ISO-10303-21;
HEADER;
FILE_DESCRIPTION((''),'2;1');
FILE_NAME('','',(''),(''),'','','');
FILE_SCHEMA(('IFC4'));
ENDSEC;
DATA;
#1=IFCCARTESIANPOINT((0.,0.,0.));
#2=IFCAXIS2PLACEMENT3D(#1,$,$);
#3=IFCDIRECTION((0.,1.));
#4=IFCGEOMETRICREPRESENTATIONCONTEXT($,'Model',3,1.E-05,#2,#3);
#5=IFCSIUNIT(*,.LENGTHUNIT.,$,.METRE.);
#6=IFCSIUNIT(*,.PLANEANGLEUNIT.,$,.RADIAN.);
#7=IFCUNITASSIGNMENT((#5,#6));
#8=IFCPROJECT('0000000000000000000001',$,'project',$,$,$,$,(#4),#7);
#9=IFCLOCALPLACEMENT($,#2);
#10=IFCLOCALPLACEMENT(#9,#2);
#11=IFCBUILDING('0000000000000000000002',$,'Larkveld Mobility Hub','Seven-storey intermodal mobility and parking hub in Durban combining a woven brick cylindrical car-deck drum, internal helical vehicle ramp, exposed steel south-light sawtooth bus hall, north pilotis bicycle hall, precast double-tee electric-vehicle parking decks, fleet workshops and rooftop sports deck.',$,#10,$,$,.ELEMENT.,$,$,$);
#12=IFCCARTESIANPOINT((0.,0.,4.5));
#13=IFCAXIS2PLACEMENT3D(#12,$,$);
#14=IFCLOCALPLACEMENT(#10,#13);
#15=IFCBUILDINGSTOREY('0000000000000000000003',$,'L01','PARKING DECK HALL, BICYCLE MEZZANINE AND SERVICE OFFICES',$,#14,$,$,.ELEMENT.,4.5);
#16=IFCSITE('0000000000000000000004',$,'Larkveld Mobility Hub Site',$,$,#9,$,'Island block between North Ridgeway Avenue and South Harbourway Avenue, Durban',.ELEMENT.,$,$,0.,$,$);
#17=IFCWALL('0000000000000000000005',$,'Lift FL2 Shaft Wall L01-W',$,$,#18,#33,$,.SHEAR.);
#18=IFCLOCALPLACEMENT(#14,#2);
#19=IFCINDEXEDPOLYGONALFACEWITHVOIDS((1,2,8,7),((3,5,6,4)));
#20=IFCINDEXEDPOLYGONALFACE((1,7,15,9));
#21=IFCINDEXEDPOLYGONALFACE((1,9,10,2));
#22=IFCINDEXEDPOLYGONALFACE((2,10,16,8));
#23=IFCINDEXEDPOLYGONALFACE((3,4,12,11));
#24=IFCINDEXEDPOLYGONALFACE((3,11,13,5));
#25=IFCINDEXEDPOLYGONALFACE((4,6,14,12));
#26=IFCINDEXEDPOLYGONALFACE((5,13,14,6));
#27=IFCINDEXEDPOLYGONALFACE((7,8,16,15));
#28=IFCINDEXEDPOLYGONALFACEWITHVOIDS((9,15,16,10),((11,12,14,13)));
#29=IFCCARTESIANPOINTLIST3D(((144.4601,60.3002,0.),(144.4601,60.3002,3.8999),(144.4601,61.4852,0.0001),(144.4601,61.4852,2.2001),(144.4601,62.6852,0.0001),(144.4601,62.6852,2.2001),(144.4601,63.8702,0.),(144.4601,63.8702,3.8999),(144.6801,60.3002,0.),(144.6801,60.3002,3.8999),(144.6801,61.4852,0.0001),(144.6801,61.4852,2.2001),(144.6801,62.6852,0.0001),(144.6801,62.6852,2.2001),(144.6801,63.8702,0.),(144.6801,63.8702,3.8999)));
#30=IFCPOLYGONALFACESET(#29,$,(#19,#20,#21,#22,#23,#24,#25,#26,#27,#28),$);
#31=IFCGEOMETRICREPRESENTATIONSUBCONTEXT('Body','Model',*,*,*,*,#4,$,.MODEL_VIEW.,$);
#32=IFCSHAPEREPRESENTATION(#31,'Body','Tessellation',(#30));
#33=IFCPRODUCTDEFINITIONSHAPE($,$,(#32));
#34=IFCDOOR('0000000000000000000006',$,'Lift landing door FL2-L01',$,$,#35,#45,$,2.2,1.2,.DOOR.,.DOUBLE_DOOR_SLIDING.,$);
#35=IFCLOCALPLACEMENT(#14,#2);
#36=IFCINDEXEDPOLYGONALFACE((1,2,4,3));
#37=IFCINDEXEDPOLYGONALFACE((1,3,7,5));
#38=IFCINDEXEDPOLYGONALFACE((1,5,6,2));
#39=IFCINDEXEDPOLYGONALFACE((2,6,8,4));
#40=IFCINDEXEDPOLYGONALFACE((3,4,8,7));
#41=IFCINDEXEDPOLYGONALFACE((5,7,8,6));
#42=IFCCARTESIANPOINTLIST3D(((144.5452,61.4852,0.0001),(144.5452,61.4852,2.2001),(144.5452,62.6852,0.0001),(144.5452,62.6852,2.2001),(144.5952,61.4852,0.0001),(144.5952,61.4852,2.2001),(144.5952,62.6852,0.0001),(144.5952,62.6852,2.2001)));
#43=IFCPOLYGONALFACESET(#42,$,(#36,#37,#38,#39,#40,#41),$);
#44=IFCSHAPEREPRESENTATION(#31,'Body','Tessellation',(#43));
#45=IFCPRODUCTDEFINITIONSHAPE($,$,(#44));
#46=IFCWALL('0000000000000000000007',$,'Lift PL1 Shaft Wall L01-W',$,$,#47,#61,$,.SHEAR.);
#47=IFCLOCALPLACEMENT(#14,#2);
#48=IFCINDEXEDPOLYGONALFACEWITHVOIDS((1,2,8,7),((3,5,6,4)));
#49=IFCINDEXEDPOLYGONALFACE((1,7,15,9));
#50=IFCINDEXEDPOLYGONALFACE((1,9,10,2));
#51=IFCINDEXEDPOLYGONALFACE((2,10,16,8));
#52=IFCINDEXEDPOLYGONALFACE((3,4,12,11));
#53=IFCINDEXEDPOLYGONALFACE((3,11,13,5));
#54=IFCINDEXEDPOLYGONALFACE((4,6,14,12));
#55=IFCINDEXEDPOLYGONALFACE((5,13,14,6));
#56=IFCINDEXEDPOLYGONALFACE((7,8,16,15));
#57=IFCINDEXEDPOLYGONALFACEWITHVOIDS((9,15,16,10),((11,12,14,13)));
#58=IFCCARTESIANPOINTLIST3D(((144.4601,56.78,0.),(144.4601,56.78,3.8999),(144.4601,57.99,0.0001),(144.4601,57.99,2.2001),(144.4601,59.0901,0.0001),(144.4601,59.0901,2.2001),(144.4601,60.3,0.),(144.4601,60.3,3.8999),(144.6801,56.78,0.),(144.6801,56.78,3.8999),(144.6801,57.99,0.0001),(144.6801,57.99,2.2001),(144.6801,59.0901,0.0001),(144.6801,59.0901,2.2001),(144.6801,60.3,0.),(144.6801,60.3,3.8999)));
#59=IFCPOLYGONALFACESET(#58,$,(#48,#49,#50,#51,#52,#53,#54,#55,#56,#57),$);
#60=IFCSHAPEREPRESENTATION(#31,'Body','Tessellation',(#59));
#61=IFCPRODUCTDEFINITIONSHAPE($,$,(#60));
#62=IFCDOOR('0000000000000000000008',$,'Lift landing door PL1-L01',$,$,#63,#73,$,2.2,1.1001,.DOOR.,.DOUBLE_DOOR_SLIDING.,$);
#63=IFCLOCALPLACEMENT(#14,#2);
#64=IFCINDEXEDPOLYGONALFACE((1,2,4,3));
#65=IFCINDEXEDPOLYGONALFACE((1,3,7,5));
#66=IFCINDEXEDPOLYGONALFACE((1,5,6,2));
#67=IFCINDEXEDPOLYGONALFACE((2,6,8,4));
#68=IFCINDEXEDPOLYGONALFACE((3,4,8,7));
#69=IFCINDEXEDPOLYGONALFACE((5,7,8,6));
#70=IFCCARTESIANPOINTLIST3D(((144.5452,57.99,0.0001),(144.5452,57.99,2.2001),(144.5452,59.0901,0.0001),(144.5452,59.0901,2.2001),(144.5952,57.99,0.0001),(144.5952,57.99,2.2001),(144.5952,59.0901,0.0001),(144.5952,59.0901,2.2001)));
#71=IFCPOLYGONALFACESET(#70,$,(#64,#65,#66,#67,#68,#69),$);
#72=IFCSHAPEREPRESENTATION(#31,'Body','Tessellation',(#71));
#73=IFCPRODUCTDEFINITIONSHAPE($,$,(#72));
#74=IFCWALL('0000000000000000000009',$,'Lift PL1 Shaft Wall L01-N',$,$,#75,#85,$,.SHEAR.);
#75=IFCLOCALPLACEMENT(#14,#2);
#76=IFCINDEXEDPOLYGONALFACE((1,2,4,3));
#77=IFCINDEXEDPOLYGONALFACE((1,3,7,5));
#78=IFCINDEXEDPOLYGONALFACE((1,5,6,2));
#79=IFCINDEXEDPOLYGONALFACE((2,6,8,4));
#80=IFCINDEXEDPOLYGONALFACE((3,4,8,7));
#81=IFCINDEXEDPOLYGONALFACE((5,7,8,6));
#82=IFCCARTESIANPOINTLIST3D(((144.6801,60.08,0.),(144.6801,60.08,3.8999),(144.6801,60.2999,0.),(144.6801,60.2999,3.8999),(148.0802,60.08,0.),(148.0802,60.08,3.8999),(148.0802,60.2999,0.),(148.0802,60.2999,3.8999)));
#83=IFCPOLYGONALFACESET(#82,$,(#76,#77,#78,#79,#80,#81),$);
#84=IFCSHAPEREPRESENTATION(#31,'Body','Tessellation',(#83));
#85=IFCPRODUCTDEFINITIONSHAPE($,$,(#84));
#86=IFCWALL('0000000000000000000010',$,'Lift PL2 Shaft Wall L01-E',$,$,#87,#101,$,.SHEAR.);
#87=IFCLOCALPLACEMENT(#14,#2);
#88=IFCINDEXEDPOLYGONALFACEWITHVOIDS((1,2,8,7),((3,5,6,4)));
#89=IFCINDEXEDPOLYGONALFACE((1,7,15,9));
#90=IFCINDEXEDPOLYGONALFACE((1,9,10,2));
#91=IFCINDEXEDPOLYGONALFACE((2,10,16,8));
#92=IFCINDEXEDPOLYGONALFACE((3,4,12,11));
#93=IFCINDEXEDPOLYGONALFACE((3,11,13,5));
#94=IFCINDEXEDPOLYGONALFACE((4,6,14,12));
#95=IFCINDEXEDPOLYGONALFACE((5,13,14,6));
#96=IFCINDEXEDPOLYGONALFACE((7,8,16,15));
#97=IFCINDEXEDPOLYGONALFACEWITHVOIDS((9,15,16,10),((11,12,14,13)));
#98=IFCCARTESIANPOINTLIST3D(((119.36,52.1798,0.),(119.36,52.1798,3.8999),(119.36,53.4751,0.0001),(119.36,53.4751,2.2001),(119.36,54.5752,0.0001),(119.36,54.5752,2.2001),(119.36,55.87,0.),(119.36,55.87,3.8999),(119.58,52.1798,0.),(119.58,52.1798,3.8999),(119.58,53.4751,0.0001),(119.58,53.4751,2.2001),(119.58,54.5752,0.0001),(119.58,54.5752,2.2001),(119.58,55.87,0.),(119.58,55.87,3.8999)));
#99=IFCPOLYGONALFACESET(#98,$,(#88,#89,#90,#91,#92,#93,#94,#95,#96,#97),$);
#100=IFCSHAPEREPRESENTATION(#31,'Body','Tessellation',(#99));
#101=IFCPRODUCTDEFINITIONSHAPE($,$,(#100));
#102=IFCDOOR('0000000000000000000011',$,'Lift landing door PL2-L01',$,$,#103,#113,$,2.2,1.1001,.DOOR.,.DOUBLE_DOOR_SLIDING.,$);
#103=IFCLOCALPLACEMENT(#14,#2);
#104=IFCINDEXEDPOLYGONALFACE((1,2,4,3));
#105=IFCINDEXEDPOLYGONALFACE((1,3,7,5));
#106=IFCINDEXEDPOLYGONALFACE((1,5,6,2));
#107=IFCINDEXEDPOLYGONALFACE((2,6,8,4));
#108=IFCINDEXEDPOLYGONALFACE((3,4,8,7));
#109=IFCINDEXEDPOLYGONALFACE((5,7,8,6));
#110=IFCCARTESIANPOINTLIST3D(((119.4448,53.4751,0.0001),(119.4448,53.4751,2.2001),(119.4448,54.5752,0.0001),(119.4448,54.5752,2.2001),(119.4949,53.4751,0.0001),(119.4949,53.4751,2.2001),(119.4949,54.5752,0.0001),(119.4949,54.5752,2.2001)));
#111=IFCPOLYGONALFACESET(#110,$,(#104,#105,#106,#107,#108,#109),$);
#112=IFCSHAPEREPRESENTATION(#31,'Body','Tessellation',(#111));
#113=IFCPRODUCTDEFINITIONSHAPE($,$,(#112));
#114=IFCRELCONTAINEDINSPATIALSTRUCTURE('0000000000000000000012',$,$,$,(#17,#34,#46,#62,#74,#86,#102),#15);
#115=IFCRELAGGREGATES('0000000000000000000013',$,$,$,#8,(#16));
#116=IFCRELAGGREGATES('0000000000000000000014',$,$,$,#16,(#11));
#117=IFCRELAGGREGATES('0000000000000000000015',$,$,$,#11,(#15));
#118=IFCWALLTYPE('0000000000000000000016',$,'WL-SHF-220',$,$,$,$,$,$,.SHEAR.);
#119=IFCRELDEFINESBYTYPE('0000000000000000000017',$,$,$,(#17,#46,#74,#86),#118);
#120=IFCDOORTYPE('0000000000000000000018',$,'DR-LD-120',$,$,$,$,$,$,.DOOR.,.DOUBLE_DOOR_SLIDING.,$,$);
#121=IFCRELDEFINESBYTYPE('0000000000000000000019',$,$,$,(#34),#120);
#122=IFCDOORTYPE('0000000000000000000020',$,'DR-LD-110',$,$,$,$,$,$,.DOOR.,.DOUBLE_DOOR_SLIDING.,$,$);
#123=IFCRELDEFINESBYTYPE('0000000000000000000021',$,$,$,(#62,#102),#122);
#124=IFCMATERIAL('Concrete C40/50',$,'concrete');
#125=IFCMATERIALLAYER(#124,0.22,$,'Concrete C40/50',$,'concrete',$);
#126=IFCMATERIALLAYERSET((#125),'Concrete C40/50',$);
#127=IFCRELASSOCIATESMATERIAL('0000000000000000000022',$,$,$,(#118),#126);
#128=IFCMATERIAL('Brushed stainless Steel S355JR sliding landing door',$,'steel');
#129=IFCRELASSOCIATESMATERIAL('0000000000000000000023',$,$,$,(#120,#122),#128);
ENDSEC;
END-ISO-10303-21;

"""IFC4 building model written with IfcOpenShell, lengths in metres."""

from ifc_helpers import new_model, si_unit, direction, frame, frame_2d, origin, place, context, subcontext, project, spatial, rectangle, extrude, material, layer, layer_set, type_object, element, fill, save


model = new_model("IFC4")

# Units and contexts
model_context = context("Model", 3, precision=1e-05, world=origin(), true_north=direction((0.0, 1.0)))
body_context = subcontext(model_context, "Body", "Model", "MODEL_VIEW")
ifc_project = project(units=[si_unit("LENGTHUNIT", "METRE"), si_unit("PLANEANGLEUNIT", "RADIAN")], contexts=[model_context])

# Site, building, storey
site_placement = place(None, origin())
site = spatial("IfcSite", under=ifc_project, at=site_placement, Name="Larkveld Mobility Hub Site", LongName="Island block between North Ridgeway Avenue and South Harbourway Avenue, Durban", CompositionType="ELEMENT", RefElevation=0.0)
building_placement = place(site_placement, origin())
building = spatial("IfcBuilding", under=site, at=building_placement, Name="Larkveld Mobility Hub", Description="Seven-storey intermodal mobility and parking hub in Durban combining a woven brick cylindrical car-deck drum, internal helical vehicle ramp, exposed steel south-light sawtooth bus hall, north pilotis bicycle hall, precast double-tee electric-vehicle parking decks, fleet workshops and rooftop sports deck.", CompositionType="ELEMENT")
storey_placement = place(building_placement, frame((0.0, 0.0, 4.5)))
storey = spatial("IfcBuildingStorey", under=building, at=storey_placement, Name="L01", Description="PARKING DECK HALL, BICYCLE MEZZANINE AND SERVICE OFFICES", CompositionType="ELEMENT", Elevation=4.5)

# Shared definitions
ifc_material_1 = material(Name="Concrete C40/50", Category="concrete")

# Walls, openings, doors
ifc_layer_1 = layer(ifc_material_1, 0.22, Name="Concrete C40/50", Category="concrete")
ifc_layer_set_1 = layer_set([ifc_layer_1], Name="Concrete C40/50")
wall_type_1 = type_object("IfcWallType", Name="WL-SHF-220", PredefinedType="SHEAR", material=ifc_layer_set_1)
wall_1_placement = place(storey_placement, frame((144.5701, 60.3, 0.0), z_axis=(0.0, 0.0, 1.0), x_axis=(0.0, 1.0, 0.0)))
wall_1 = element("IfcWall", 1, at=wall_1_placement, inside=storey, type_object=wall_type_1, Name="Lift FL2 Shaft Wall L01-W", PredefinedType="SHEAR", context=body_context, shape_type="SweptSolid", body=[
    extrude(rectangle(XDim=3.5701, YDim=0.22, at=frame_2d((1.7852, 0.0))), origin(), (0.0, 0.0, 1.0), 3.8999),
])
opening_1_placement = place(wall_1_placement, frame((1.1851, 0.0, 0.0)))
opening_1 = element("IfcOpeningElement", 2, at=opening_1_placement, cuts=wall_1, PredefinedType="OPENING", context=body_context, shape_type="SweptSolid", body=[
    extrude(rectangle(XDim=1.2, YDim=2.2, at=frame_2d((0.6001, 1.1001))), frame((0.0, 0.1201, 0.0), z_axis=(0.0, -1.0, 0.0), x_axis=(1.0, 0.0, 0.0)), (0.0, 0.0, 1.0), 0.24),
])
ifc_material_2 = material(Name="Brushed stainless Steel S355JR sliding landing door", Category="steel")
door_type_1 = type_object("IfcDoorType", Name="DR-LD-120", OperationType="DOUBLE_DOOR_SLIDING", PredefinedType="DOOR", material=ifc_material_2)
door_1_placement = place(opening_1_placement, origin())
door_1 = element("IfcDoor", 3, at=door_1_placement, inside=storey, type_object=door_type_1, Name="Lift landing door FL2-L01", OperationType="DOUBLE_DOOR_SLIDING", OverallHeight=2.2, OverallWidth=1.2, PredefinedType="DOOR", context=body_context, shape_type="SweptSolid", body=[
    extrude(rectangle(XDim=1.2, YDim=2.2, at=frame_2d((0.6001, 1.1001))), frame((0.0, 0.0249, 0.0), z_axis=(0.0, -1.0, 0.0), x_axis=(1.0, 0.0, 0.0)), (0.0, 0.0, 1.0), 0.05),
])
fill(opening_1, door_1)
wall_2_placement = place(storey_placement, frame((144.5701, 56.78, 0.0), z_axis=(0.0, 0.0, 1.0), x_axis=(0.0, 1.0, 0.0)))
wall_2 = element("IfcWall", 4, at=wall_2_placement, inside=storey, type_object=wall_type_1, Name="Lift PL1 Shaft Wall L01-W", PredefinedType="SHEAR", context=body_context, shape_type="SweptSolid", body=[
    extrude(rectangle(XDim=3.52, YDim=0.22, at=frame_2d((1.76, 0.0))), origin(), (0.0, 0.0, 1.0), 3.8999),
])
opening_2_placement = place(wall_2_placement, frame((1.21, 0.0, 0.0)))
opening_2 = element("IfcOpeningElement", 5, at=opening_2_placement, cuts=wall_2, PredefinedType="OPENING", context=body_context, shape_type="SweptSolid", body=[
    extrude(rectangle(XDim=1.1001, YDim=2.2, at=frame_2d((0.55, 1.1001))), frame((0.0, 0.1201, 0.0), z_axis=(0.0, -1.0, 0.0), x_axis=(1.0, 0.0, 0.0)), (0.0, 0.0, 1.0), 0.24),
])
door_type_2 = type_object("IfcDoorType", Name="DR-LD-110", OperationType="DOUBLE_DOOR_SLIDING", PredefinedType="DOOR", material=ifc_material_2)
door_2_placement = place(opening_2_placement, origin())
door_2 = element("IfcDoor", 6, at=door_2_placement, inside=storey, type_object=door_type_2, Name="Lift landing door PL1-L01", OperationType="DOUBLE_DOOR_SLIDING", OverallHeight=2.2, OverallWidth=1.1001, PredefinedType="DOOR", context=body_context, shape_type="SweptSolid", body=[
    extrude(rectangle(XDim=1.1001, YDim=2.2, at=frame_2d((0.55, 1.1001))), frame((0.0, 0.0249, 0.0), z_axis=(0.0, -1.0, 0.0), x_axis=(1.0, 0.0, 0.0)), (0.0, 0.0, 1.0), 0.05),
])
fill(opening_2, door_2)

# Wall
wall_3_placement = place(storey_placement, frame((144.6799, 60.1899, 0.0), z_axis=(0.0, 0.0, 1.0), x_axis=(1.0, 0.0, 0.0)))
element("IfcWall", 7, at=wall_3_placement, inside=storey, type_object=wall_type_1, Name="Lift PL1 Shaft Wall L01-N", PredefinedType="SHEAR", context=body_context, shape_type="SweptSolid", body=[
    extrude(rectangle(XDim=3.4001, YDim=0.22, at=frame_2d((1.7002, 0.0))), origin(), (0.0, 0.0, 1.0), 3.8999),
])

# Wall, opening, door
wall_4_placement = place(storey_placement, frame((119.47, 55.8701, 0.0), z_axis=(0.0, 0.0, 1.0), x_axis=(0.0, -1.0, 0.0)))
wall_4 = element("IfcWall", 8, at=wall_4_placement, inside=storey, type_object=wall_type_1, Name="Lift PL2 Shaft Wall L01-E", PredefinedType="SHEAR", context=body_context, shape_type="SweptSolid", body=[
    extrude(rectangle(XDim=3.6902, YDim=0.22, at=frame_2d((1.8452, 0.0))), origin(), (0.0, 0.0, 1.0), 3.8999),
])
opening_3_placement = place(wall_4_placement, frame((1.2949, 0.0, 0.0)))
opening_3 = element("IfcOpeningElement", 9, at=opening_3_placement, cuts=wall_4, PredefinedType="OPENING", context=body_context, shape_type="SweptSolid", body=[
    extrude(rectangle(XDim=1.1001, YDim=2.2, at=frame_2d((0.55, 1.1001))), frame((0.0, 0.1201, 0.0), z_axis=(0.0, -1.0, 0.0), x_axis=(1.0, 0.0, 0.0)), (0.0, 0.0, 1.0), 0.24),
])
door_3_placement = place(opening_3_placement, origin())
door_3 = element("IfcDoor", 10, at=door_3_placement, inside=storey, type_object=door_type_2, Name="Lift landing door PL2-L01", OperationType="DOUBLE_DOOR_SLIDING", OverallHeight=2.2, OverallWidth=1.1001, PredefinedType="DOOR", context=body_context, shape_type="SweptSolid", body=[
    extrude(rectangle(XDim=1.1001, YDim=2.2, at=frame_2d((0.55, 1.1001))), frame((0.0, 0.0249, 0.0), z_axis=(0.0, -1.0, 0.0), x_axis=(1.0, 0.0, 0.0)), (0.0, 0.0, 1.0), 0.05),
])
fill(opening_3, door_3)

save(model, "model.ifc")
